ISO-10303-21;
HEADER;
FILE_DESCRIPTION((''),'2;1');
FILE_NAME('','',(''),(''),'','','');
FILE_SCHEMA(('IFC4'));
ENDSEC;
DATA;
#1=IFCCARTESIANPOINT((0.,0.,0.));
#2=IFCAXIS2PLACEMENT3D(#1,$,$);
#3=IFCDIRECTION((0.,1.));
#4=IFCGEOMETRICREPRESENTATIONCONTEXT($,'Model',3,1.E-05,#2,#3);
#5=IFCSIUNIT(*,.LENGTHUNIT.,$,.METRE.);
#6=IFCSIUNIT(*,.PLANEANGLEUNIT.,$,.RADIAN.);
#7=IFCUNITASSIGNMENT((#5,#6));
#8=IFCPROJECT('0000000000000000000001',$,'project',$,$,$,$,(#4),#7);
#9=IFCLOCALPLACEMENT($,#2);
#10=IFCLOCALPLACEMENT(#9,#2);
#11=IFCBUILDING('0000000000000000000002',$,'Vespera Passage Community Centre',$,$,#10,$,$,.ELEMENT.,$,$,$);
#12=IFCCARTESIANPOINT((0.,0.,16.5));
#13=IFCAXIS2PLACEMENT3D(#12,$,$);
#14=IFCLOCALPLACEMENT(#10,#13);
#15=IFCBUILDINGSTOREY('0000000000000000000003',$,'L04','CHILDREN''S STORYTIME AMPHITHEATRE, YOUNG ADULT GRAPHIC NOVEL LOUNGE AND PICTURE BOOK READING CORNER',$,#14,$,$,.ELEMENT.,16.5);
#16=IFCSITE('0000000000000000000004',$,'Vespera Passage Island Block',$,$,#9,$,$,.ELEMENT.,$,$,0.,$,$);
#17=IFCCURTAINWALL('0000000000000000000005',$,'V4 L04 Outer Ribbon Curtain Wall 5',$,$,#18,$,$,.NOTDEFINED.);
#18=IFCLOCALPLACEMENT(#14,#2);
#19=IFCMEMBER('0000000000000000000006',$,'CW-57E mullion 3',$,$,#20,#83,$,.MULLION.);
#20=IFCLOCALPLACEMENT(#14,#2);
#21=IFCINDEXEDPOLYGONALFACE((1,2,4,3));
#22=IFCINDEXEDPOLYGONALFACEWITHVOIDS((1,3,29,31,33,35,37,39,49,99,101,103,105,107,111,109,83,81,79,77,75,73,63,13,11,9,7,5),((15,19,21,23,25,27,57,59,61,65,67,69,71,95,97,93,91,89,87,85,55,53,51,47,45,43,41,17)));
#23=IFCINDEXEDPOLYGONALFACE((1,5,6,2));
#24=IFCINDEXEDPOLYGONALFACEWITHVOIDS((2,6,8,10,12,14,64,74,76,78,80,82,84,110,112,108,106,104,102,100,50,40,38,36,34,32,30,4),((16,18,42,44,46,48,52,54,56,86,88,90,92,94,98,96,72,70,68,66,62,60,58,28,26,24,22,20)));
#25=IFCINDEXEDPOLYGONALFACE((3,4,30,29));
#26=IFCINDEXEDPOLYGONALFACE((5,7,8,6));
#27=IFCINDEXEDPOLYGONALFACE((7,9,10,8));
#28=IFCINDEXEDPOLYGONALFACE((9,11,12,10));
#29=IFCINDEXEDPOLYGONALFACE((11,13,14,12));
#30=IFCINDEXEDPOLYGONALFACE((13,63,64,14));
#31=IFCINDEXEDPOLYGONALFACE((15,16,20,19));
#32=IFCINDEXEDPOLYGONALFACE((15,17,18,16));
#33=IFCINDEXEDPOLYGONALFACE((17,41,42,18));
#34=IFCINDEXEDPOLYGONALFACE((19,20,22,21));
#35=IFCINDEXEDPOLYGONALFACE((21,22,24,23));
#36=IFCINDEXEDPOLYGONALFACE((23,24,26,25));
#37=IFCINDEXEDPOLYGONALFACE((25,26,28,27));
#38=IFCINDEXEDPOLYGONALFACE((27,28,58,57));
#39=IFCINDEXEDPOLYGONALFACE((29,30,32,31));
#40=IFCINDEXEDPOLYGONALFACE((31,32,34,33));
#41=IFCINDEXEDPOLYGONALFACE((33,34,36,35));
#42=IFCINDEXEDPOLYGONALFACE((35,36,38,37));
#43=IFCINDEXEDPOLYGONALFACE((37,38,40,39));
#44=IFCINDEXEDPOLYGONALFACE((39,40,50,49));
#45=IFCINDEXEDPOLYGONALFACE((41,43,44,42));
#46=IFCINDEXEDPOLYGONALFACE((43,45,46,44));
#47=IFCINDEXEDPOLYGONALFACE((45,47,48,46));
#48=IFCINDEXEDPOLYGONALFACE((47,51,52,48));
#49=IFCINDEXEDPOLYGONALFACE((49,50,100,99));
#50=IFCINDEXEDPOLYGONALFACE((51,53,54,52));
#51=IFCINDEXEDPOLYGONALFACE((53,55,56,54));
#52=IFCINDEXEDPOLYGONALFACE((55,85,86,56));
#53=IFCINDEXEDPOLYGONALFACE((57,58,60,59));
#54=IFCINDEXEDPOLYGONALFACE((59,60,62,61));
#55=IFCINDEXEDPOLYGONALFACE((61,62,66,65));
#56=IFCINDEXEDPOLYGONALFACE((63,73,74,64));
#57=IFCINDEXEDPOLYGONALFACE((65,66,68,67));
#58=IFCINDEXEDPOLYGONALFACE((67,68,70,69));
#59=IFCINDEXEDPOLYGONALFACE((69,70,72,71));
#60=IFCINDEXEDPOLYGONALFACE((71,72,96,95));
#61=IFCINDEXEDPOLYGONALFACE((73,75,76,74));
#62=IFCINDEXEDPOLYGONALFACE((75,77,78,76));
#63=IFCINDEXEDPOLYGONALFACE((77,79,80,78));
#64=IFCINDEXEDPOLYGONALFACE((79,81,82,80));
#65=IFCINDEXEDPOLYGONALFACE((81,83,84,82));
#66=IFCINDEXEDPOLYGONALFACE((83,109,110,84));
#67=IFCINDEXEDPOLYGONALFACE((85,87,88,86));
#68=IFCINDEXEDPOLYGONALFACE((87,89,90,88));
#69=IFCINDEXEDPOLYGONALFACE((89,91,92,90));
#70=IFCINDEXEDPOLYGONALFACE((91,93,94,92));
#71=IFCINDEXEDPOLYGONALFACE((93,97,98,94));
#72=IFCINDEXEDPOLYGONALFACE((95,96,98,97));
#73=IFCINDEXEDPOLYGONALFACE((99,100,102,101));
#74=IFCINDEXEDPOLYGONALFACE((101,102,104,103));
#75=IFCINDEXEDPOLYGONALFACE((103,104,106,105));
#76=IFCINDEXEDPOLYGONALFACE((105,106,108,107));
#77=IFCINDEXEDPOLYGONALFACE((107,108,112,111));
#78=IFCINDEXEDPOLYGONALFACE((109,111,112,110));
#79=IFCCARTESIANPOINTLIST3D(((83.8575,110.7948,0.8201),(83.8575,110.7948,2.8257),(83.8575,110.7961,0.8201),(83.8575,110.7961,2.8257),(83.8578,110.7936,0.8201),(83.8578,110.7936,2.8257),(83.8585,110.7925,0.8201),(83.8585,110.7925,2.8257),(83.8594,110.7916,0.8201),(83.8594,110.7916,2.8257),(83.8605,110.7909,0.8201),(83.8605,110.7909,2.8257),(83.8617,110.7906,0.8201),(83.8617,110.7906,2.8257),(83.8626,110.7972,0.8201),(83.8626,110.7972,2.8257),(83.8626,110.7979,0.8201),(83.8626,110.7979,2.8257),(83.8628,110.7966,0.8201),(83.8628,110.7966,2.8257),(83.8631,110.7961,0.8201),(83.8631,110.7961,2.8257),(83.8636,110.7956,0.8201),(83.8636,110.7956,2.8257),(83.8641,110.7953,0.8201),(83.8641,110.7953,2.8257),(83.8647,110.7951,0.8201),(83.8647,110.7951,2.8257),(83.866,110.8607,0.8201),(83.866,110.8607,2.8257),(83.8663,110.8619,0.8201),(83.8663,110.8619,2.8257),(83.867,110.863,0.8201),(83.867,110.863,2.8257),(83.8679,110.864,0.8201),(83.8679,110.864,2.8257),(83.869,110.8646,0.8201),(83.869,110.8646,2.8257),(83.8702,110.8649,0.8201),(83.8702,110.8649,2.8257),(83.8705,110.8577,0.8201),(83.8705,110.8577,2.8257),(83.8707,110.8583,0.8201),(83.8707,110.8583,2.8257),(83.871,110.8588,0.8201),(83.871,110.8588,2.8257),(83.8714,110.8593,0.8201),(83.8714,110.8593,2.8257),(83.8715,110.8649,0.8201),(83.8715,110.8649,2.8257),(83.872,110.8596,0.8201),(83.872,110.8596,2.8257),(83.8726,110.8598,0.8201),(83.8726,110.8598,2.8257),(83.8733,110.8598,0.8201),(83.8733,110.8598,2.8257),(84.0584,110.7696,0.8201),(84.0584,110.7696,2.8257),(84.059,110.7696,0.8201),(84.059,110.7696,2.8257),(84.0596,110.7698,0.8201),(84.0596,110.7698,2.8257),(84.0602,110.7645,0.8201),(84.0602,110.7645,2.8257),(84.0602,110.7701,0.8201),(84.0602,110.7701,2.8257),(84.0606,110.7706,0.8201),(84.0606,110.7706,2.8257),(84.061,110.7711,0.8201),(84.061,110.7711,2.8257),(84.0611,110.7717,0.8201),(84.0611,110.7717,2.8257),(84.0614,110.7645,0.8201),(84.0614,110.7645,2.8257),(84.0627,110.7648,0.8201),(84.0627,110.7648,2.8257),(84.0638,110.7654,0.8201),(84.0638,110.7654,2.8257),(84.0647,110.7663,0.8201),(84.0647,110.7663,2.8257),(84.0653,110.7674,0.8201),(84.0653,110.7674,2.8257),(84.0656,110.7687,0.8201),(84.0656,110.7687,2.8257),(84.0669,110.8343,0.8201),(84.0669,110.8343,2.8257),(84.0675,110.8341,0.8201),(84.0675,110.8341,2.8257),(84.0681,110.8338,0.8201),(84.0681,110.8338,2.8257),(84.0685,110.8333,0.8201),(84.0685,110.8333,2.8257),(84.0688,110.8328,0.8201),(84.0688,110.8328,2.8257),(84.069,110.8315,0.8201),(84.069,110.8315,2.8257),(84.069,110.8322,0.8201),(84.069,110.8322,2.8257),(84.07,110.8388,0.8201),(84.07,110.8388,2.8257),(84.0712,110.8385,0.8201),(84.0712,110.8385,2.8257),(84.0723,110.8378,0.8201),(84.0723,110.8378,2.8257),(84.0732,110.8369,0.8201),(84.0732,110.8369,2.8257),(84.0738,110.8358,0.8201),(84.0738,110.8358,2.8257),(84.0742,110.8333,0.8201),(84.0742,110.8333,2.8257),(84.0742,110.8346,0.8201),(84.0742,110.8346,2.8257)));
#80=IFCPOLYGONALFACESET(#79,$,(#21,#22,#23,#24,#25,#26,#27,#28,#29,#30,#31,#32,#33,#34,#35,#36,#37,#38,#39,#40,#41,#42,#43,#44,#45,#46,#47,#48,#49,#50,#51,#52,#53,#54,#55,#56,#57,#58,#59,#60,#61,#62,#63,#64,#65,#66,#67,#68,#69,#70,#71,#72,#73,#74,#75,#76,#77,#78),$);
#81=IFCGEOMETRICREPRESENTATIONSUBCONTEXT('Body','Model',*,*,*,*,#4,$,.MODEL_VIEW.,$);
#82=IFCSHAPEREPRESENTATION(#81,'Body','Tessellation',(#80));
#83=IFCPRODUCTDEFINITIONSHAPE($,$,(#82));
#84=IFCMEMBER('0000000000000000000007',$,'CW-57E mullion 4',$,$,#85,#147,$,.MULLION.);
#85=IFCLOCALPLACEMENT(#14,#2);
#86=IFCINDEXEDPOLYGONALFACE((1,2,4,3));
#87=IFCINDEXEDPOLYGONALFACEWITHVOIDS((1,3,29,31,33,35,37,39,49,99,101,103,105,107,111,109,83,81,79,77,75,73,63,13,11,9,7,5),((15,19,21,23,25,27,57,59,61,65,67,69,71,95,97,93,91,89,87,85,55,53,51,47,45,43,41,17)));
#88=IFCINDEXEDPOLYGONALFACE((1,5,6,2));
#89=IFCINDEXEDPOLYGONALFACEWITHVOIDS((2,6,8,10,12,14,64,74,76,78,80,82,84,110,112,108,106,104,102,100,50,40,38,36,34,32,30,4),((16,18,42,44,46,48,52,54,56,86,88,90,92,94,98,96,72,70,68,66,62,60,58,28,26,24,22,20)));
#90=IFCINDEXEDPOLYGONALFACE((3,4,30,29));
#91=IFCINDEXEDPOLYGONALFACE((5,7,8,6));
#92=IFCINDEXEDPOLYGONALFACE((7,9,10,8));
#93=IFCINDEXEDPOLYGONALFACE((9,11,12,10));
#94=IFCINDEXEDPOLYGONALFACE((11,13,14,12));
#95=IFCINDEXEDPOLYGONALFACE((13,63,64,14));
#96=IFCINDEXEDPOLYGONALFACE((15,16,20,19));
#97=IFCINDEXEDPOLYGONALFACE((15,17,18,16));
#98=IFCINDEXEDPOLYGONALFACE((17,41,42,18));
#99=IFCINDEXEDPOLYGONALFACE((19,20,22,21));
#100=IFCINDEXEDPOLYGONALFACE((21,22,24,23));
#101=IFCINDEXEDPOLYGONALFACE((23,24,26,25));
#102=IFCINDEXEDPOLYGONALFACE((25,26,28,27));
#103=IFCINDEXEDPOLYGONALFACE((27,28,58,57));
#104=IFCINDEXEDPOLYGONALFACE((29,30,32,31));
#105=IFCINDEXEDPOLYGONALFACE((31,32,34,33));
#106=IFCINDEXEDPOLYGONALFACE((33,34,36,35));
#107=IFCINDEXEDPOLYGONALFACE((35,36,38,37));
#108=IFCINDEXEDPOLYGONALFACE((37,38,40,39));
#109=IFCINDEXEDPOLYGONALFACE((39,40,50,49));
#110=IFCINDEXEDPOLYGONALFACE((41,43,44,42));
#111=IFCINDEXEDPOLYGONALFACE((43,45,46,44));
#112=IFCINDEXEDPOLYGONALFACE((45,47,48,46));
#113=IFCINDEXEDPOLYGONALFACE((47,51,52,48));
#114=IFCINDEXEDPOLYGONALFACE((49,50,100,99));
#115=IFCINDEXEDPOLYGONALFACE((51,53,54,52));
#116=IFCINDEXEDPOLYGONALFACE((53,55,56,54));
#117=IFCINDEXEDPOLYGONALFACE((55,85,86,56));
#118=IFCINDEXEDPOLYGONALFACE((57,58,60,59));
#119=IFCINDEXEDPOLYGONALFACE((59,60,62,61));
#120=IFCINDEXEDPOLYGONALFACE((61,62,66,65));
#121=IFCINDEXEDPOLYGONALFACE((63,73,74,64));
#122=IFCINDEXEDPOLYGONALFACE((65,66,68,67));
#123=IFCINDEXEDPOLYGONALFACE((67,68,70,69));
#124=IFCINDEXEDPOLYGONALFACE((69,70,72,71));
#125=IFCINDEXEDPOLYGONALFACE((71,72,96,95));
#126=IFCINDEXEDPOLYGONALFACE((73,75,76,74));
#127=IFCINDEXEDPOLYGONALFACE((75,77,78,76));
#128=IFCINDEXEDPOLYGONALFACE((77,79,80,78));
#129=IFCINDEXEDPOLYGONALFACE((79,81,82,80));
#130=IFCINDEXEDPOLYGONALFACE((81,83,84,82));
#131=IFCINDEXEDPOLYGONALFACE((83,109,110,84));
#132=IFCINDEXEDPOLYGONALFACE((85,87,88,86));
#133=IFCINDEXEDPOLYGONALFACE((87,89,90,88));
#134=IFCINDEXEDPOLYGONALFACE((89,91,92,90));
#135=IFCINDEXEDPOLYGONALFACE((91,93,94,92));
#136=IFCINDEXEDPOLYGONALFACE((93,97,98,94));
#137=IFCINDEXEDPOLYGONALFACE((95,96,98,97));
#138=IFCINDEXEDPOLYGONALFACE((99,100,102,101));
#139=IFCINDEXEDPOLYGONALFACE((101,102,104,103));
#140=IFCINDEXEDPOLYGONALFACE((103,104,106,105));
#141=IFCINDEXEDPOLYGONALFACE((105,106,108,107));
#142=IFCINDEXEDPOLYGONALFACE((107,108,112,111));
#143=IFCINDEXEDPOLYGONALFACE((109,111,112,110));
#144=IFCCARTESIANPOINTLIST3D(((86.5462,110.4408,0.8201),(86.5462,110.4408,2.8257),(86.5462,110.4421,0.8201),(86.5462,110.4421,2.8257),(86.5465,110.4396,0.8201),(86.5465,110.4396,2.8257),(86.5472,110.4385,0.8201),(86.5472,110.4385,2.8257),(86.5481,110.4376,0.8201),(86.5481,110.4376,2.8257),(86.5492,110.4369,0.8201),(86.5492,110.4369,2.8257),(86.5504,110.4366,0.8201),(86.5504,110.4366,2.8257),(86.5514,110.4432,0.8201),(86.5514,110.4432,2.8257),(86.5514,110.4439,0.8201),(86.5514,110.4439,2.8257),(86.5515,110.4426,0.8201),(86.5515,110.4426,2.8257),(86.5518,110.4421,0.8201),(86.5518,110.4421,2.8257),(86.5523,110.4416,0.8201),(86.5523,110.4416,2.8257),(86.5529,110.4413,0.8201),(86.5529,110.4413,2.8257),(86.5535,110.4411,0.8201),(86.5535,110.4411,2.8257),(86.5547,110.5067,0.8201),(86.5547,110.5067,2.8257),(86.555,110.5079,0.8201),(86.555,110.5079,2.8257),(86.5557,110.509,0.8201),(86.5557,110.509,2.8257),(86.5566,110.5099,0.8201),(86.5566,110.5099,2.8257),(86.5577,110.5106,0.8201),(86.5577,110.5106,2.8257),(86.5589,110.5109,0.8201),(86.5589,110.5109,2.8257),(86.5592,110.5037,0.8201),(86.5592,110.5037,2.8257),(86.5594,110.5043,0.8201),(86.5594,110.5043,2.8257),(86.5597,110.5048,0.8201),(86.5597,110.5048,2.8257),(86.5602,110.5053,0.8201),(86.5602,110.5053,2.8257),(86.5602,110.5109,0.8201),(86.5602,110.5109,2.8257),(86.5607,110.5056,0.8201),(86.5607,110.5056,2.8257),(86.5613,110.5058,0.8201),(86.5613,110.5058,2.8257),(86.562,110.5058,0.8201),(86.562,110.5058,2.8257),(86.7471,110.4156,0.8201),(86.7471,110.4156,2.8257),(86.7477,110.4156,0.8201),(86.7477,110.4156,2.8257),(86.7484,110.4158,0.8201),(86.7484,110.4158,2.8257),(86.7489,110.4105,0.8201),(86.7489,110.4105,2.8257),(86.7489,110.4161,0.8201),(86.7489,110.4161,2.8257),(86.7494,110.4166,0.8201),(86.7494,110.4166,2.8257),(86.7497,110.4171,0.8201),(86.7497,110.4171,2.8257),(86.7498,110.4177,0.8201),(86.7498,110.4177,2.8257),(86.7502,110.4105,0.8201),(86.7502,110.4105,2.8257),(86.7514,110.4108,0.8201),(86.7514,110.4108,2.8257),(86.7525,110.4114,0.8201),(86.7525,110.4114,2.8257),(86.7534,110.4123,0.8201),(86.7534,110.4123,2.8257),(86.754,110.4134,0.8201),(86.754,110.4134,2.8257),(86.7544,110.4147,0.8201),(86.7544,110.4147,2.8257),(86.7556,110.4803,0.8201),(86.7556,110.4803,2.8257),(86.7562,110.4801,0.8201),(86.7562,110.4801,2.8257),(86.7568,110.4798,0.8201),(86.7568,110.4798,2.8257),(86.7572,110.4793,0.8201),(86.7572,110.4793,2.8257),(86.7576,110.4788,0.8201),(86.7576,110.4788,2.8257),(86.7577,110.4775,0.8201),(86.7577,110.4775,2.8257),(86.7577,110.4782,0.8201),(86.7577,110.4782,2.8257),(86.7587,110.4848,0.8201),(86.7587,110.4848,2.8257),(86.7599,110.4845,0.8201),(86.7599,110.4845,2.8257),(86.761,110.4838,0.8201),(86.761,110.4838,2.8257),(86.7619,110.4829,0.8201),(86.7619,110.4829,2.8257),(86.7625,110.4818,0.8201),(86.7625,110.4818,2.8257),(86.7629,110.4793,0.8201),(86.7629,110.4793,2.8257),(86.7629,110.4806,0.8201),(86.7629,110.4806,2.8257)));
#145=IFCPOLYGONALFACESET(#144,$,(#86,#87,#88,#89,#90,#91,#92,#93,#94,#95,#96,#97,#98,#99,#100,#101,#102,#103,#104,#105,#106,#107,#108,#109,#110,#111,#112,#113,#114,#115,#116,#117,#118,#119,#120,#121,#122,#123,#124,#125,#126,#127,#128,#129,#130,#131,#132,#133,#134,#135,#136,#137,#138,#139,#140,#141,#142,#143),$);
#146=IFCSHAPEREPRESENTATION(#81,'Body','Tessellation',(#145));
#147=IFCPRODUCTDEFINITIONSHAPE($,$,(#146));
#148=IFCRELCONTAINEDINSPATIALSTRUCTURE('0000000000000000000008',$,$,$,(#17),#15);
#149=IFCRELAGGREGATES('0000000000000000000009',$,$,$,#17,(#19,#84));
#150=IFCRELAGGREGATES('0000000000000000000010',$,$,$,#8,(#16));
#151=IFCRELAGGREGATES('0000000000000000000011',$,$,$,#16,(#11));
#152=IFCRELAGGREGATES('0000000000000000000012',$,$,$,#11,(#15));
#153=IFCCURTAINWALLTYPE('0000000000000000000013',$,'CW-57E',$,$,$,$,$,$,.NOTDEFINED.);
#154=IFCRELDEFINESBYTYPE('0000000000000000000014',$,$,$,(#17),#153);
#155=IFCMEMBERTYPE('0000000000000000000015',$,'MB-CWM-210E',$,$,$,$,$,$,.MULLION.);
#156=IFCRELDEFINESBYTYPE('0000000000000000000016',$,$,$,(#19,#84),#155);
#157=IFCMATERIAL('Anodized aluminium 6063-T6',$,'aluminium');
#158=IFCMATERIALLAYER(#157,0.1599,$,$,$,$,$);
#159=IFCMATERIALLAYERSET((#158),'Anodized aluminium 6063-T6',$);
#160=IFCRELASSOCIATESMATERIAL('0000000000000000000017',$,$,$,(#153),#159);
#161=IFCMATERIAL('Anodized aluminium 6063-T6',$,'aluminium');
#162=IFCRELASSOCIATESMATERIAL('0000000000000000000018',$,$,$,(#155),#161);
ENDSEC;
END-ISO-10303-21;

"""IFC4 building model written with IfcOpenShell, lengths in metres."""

from ifc_helpers import new_model, si_unit, direction, frame, origin, origin_2d, place, context, subcontext, project, spatial, hollow_rectangle, extrude, material, layer, layer_set, material_profile, profile_set, type_object, element, aggregate, save


model = new_model("IFC4")

# Units and contexts
model_context = context("Model", 3, precision=1e-05, world=origin(), true_north=direction((0.0, 1.0)))
body_context = subcontext(model_context, "Body", "Model", "MODEL_VIEW")
ifc_project = project(units=[si_unit("LENGTHUNIT", "METRE"), si_unit("PLANEANGLEUNIT", "RADIAN")], contexts=[model_context])

# Site, building, storey
site_placement = place(None, origin())
site = spatial("IfcSite", under=ifc_project, at=site_placement, Name="Vespera Passage Island Block", CompositionType="ELEMENT", RefElevation=0.0)
building_placement = place(site_placement, origin())
building = spatial("IfcBuilding", under=site, at=building_placement, Name="Vespera Passage Community Centre", CompositionType="ELEMENT")
storey_placement = place(building_placement, frame((0.0, 0.0, 16.5)))
storey = spatial("IfcBuildingStorey", under=building, at=storey_placement, Name="L04", Description="CHILDREN'S STORYTIME AMPHITHEATRE, YOUNG ADULT GRAPHIC NOVEL LOUNGE AND PICTURE BOOK READING CORNER", CompositionType="ELEMENT", Elevation=16.5)

# Curtain wall, members
ifc_material_1 = material(Name="Anodized aluminium 6063-T6", Category="aluminium")
ifc_layer_1 = layer(ifc_material_1, 0.1599)
ifc_layer_set_1 = layer_set([ifc_layer_1], Name="Anodized aluminium 6063-T6")
curtain_wall_type = type_object("IfcCurtainWallType", Name="CW-57E", PredefinedType="NOTDEFINED", material=ifc_layer_set_1)
curtain_wall_placement = place(storey_placement, origin())
curtain_wall = element("IfcCurtainWall", 1, at=curtain_wall_placement, inside=storey, type_object=curtain_wall_type, Name="V4 L04 Outer Ribbon Curtain Wall 5", PredefinedType="NOTDEFINED")
ifc_material_2 = material(Name="Anodized aluminium 6063-T6", Category="aluminium")
ifc_material_profile_1 = material_profile(ifc_material_2, hollow_rectangle(XDim=0.075, YDim=0.21, WallThickness=0.0049, InnerFilletRadius=0.0024, OuterFilletRadius=0.0049, at=origin_2d()), Name="ALU210X75X5")
ifc_profile_set_1 = profile_set([ifc_material_profile_1], Name="Anodized aluminium 6063-T6")
member_type_1 = type_object("IfcMemberType", Name="MB-CWM-210E", PredefinedType="MULLION", material=ifc_profile_set_1)
member_1_placement = place(storey_placement, frame((83.9658, 110.8147, 0.8201), z_axis=(0.0, 0.0, 1.0), x_axis=(0.130531, 0.991444, 0.0)))
member_1 = element("IfcMember", 2, at=member_1_placement, type_object=member_type_1, Name="CW-57E mullion 3", PredefinedType="MULLION", context=body_context, shape_type="SweptSolid", body=[
    extrude(hollow_rectangle(XDim=0.075, YDim=0.21, WallThickness=0.0049, InnerFilletRadius=0.0024, OuterFilletRadius=0.0049, at=origin_2d()), origin(), (0.0, 0.0, 1.0), 2.0056),
])
member_2_placement = place(storey_placement, frame((86.6545, 110.4607, 0.8201), z_axis=(0.0, 0.0, 1.0), x_axis=(0.130531, 0.991444, 0.0)))
member_2 = element("IfcMember", 3, at=member_2_placement, type_object=member_type_1, Name="CW-57E mullion 4", PredefinedType="MULLION", context=body_context, shape_type="SweptSolid", body=[
    extrude(hollow_rectangle(XDim=0.075, YDim=0.21, WallThickness=0.0049, InnerFilletRadius=0.0024, OuterFilletRadius=0.0049, at=origin_2d()), origin(), (0.0, 0.0, 1.0), 2.0056),
])
aggregate(curtain_wall, [member_1, member_2])

save(model, "model.ifc")
